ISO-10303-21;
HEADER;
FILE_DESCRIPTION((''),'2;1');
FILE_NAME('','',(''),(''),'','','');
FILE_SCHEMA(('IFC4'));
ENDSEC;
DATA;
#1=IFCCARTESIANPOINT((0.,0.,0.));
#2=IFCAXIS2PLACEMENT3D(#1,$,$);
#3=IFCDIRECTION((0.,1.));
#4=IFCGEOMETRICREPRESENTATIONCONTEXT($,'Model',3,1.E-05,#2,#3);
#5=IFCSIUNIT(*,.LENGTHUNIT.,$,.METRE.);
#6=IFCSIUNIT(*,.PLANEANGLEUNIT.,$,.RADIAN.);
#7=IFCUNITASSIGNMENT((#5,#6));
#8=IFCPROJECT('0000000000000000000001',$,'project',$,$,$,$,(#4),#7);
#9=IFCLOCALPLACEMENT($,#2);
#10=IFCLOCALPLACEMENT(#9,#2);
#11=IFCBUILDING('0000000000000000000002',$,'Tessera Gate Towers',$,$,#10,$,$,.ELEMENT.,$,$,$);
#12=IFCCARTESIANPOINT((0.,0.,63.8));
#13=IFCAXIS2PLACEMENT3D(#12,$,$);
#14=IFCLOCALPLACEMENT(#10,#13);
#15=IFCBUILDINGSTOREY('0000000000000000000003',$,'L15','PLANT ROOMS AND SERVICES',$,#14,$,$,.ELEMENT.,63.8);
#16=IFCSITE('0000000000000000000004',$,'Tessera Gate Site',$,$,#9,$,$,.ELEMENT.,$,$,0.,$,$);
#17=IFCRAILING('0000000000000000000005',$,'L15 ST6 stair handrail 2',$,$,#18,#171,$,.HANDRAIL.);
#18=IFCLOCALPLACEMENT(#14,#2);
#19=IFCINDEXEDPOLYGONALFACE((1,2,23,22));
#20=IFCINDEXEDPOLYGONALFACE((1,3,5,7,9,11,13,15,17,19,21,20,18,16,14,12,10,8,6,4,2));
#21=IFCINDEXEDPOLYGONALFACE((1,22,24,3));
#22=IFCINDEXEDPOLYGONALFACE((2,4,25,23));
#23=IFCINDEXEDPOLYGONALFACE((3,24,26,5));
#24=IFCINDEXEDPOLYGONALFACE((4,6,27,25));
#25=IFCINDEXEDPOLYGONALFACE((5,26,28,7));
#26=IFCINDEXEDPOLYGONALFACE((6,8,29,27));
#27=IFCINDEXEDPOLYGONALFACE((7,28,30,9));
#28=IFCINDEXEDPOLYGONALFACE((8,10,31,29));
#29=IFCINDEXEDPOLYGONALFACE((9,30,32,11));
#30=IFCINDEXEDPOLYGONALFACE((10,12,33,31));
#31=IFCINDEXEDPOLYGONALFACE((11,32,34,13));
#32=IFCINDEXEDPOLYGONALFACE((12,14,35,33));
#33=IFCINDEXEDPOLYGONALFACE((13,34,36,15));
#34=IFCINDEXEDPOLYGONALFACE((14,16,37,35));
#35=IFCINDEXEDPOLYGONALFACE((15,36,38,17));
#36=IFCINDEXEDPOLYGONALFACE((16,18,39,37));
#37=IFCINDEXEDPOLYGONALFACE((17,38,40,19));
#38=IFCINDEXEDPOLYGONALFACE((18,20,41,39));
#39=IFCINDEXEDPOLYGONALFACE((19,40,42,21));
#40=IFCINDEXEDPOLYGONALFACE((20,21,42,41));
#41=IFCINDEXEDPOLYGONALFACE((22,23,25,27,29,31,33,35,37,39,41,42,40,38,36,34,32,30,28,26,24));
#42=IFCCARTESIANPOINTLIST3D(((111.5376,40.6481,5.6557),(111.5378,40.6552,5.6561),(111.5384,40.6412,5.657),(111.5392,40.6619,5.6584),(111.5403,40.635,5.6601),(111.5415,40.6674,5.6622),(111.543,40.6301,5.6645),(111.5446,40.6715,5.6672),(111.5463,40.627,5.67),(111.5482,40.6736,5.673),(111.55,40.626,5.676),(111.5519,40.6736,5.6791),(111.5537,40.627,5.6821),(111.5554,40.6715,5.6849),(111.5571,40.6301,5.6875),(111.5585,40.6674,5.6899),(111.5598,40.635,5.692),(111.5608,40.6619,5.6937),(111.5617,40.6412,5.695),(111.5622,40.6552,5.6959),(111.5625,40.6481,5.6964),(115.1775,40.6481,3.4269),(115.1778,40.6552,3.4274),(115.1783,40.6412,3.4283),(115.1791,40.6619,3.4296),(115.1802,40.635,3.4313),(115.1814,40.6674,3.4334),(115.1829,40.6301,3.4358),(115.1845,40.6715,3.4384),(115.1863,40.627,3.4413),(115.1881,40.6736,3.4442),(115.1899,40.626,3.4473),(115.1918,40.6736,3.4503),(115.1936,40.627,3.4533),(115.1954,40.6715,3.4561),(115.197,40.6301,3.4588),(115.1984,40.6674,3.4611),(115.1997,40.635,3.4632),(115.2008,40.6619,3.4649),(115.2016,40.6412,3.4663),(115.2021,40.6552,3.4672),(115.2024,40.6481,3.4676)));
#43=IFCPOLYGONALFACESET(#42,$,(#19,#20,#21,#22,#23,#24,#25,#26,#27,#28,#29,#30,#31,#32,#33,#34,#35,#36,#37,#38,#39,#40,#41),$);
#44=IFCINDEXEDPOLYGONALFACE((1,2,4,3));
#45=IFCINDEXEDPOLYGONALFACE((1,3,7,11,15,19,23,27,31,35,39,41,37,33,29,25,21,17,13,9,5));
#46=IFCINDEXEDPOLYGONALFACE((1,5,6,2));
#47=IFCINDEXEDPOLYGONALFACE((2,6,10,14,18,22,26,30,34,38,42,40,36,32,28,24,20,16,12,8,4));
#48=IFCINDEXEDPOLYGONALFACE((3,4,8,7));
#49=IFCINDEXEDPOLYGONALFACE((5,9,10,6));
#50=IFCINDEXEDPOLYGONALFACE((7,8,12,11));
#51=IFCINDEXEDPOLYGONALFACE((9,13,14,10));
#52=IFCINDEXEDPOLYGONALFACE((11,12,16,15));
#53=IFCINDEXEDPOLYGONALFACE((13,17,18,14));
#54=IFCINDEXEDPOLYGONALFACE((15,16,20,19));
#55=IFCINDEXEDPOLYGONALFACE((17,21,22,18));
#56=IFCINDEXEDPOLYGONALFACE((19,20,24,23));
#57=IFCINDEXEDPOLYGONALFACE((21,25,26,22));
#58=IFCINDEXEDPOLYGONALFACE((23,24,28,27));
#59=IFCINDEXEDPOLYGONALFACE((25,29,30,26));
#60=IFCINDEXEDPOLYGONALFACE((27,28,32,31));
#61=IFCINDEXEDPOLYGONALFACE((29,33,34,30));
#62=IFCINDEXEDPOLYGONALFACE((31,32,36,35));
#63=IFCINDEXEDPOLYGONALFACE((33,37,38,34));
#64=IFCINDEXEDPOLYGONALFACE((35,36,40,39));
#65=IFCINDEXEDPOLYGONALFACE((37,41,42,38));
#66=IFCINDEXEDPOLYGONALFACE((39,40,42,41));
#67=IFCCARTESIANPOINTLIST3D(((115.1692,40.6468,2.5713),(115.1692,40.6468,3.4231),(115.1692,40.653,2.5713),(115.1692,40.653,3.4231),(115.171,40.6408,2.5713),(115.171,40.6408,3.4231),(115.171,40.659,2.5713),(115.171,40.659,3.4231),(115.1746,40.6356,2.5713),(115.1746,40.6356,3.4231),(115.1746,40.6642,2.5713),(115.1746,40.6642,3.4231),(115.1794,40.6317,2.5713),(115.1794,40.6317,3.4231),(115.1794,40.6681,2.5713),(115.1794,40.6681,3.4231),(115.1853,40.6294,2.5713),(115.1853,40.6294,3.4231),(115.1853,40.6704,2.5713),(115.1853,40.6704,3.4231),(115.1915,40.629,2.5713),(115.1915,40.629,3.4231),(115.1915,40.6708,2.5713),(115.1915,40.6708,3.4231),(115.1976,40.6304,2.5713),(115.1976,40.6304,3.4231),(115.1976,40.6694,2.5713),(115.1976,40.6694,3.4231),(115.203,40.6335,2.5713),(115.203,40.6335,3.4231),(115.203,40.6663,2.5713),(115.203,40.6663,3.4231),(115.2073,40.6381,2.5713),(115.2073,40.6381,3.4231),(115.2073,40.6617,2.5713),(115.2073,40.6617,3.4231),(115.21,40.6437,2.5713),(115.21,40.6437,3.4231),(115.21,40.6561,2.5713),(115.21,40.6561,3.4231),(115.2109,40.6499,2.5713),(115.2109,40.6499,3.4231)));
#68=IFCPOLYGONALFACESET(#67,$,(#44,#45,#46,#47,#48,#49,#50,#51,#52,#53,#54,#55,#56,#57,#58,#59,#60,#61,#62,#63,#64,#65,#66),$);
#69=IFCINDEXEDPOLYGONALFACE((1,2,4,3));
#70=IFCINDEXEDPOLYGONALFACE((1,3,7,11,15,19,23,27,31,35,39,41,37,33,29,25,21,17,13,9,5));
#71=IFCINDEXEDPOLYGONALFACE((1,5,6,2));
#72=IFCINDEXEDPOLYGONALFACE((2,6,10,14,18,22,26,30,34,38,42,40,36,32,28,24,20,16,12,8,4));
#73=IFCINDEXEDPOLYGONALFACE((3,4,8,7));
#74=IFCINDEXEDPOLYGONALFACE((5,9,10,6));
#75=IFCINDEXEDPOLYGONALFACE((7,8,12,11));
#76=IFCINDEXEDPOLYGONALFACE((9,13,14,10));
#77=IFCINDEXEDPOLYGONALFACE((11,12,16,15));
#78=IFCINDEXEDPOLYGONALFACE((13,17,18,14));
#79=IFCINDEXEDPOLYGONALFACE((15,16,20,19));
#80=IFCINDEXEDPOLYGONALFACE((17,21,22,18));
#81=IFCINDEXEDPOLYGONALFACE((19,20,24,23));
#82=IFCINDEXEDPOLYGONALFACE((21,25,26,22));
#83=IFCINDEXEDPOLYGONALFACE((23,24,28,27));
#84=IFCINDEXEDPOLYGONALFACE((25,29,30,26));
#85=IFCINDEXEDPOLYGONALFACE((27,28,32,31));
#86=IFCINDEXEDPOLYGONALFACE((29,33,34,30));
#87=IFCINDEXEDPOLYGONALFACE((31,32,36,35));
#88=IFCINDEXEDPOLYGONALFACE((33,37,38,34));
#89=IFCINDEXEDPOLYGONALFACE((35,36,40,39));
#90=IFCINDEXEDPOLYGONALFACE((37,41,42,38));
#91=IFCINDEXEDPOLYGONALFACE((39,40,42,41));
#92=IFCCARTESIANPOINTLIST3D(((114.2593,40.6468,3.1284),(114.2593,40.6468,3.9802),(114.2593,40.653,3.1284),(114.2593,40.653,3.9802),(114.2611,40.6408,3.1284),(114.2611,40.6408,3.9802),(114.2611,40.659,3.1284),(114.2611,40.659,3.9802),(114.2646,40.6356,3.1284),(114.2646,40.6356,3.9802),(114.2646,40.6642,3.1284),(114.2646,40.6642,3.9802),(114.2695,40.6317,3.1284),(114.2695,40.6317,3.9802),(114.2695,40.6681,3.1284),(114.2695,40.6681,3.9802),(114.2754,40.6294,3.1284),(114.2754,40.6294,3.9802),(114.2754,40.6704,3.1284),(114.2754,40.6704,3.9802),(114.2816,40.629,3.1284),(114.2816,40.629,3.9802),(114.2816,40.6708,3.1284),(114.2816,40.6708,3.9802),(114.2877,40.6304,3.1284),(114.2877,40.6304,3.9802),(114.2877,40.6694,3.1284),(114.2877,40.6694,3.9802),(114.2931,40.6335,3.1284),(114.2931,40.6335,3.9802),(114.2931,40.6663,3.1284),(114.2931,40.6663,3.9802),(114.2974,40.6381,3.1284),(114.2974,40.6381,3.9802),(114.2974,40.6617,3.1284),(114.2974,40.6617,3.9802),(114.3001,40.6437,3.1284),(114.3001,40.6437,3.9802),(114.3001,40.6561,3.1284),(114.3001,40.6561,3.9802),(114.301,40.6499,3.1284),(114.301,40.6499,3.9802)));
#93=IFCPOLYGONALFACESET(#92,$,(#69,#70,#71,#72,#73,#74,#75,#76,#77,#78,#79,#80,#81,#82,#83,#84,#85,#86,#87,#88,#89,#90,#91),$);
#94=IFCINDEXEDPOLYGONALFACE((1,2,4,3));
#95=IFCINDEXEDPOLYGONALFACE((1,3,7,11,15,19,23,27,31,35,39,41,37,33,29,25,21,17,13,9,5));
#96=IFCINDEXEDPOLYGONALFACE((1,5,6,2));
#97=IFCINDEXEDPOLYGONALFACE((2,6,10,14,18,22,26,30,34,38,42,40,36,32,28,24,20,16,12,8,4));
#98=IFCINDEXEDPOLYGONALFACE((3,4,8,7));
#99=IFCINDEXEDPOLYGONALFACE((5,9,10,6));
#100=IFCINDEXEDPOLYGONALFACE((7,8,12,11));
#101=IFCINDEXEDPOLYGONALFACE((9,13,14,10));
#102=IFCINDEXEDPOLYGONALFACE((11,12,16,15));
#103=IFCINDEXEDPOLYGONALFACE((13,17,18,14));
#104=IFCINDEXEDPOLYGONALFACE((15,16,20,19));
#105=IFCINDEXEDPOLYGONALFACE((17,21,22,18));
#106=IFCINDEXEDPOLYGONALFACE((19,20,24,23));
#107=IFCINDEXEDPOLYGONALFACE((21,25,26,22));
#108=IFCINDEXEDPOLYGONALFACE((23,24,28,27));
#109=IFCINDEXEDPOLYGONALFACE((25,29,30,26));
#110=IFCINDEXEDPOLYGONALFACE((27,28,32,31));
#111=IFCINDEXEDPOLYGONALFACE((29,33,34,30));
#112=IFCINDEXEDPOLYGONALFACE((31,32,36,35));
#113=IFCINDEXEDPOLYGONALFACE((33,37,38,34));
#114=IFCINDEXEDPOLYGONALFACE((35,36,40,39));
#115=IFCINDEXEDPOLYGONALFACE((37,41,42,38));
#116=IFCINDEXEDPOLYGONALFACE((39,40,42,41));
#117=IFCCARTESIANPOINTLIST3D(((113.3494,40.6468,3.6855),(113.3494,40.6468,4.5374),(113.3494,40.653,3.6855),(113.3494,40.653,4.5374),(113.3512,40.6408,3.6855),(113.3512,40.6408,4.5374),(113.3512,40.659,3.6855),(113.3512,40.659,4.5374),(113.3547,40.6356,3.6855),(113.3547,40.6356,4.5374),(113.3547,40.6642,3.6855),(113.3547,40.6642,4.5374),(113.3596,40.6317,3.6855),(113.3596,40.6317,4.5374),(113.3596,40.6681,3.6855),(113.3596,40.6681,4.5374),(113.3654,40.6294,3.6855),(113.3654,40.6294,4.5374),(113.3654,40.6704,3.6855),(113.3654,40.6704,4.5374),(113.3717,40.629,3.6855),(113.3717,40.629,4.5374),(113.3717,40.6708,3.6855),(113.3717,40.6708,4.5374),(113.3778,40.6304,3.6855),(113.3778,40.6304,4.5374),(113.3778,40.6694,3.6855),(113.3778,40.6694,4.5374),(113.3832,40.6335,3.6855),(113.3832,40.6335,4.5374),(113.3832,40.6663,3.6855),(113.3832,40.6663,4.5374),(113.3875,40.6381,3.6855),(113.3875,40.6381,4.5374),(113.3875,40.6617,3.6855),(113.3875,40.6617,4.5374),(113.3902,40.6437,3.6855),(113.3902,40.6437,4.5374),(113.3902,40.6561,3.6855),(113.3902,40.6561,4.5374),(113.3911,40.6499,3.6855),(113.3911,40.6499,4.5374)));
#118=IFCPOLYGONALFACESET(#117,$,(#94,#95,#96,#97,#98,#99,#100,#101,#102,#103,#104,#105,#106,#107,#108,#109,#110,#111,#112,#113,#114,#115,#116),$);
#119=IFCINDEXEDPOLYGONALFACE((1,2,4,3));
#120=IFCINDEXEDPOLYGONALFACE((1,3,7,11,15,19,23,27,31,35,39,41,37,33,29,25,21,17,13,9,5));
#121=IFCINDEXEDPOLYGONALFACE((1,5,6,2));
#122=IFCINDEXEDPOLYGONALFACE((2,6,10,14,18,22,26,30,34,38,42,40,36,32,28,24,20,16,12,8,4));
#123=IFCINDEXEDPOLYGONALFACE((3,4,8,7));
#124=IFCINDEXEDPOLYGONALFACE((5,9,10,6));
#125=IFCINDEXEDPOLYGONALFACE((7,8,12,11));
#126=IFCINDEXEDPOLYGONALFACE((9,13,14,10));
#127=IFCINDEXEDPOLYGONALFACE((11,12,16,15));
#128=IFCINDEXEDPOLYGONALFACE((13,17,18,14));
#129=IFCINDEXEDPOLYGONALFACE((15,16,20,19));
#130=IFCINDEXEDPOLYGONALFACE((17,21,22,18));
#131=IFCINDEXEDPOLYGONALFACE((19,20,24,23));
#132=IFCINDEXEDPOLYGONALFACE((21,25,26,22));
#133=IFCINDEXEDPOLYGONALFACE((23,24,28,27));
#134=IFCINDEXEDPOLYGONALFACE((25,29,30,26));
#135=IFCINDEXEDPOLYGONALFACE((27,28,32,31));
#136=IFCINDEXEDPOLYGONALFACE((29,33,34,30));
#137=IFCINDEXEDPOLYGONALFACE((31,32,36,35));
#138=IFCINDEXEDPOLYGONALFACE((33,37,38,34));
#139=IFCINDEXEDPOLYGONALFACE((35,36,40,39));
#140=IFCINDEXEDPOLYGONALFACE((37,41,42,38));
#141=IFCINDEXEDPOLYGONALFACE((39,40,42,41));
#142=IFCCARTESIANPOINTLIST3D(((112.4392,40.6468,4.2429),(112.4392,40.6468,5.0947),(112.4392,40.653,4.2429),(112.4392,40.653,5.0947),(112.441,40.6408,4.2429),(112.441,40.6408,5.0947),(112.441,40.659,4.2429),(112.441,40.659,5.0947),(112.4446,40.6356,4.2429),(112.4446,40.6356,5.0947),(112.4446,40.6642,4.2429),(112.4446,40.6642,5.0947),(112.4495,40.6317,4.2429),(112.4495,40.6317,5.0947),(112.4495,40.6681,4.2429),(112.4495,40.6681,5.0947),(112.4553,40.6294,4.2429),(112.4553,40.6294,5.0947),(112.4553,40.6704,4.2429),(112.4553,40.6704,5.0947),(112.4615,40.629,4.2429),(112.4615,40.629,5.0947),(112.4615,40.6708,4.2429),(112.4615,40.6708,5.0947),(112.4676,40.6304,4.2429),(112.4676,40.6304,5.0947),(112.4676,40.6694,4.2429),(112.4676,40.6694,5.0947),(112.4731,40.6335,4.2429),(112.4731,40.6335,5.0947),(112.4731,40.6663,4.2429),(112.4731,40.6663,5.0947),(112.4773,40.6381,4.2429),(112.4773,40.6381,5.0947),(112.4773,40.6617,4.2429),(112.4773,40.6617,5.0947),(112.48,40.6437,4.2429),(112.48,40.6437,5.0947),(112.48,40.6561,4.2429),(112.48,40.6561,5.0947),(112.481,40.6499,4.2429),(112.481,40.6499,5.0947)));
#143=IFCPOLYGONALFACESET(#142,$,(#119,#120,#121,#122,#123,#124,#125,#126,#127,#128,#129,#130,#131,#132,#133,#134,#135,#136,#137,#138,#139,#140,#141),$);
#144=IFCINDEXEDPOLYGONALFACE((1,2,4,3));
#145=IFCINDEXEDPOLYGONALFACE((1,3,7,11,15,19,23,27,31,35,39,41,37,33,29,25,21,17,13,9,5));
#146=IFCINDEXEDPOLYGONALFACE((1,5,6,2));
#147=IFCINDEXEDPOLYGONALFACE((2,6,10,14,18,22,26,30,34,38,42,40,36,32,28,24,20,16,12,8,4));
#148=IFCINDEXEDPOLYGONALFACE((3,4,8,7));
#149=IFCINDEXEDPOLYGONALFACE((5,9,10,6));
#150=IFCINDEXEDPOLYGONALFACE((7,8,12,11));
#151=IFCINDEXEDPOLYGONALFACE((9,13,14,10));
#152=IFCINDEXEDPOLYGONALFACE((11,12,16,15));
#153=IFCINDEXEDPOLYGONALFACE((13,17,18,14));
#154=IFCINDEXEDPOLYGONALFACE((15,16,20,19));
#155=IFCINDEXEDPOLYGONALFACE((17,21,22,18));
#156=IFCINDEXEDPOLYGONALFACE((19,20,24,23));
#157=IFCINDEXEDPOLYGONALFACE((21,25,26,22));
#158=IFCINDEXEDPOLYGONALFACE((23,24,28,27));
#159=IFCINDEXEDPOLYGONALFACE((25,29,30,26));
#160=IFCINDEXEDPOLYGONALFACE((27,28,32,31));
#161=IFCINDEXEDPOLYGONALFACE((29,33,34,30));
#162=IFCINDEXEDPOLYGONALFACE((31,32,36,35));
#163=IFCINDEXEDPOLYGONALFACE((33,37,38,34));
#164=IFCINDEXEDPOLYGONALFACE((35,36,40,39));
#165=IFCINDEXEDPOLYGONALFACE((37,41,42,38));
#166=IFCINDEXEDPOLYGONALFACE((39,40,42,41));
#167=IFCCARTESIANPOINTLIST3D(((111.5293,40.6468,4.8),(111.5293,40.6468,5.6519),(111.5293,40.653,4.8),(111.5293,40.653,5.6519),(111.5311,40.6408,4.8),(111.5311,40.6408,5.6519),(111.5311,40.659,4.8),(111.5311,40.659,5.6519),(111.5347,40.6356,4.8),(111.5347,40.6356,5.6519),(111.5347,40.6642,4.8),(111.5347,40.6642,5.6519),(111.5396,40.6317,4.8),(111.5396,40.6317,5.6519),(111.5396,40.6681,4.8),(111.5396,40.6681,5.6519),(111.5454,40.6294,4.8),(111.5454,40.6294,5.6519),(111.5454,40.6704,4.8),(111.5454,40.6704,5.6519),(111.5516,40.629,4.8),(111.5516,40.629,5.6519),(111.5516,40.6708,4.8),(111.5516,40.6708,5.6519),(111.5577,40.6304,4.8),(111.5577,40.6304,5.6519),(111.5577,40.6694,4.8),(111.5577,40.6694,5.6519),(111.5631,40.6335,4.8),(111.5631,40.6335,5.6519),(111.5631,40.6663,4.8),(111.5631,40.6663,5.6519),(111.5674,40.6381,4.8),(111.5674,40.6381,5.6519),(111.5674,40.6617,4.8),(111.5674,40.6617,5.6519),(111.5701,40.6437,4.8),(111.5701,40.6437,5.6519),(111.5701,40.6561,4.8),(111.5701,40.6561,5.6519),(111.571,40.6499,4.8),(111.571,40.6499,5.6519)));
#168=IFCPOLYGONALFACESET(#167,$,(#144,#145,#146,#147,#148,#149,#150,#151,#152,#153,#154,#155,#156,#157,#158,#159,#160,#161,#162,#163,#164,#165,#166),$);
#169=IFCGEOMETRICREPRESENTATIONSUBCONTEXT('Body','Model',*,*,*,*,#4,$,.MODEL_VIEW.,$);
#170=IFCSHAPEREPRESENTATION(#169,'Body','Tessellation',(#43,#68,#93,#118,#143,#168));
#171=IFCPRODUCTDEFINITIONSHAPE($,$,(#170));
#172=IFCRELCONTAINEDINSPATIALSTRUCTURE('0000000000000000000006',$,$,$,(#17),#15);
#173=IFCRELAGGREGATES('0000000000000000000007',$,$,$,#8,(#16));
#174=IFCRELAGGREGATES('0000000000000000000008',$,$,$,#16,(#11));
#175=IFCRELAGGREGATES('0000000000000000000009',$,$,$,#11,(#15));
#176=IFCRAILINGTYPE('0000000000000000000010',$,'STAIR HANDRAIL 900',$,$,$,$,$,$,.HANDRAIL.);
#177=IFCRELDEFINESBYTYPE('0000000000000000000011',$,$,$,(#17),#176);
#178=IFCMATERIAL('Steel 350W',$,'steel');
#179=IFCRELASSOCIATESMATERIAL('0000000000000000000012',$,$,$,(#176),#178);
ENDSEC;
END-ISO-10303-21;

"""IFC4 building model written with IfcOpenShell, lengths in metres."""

from ifc_helpers import new_model, si_unit, direction, frame, origin, origin_2d, place, context, subcontext, project, spatial, circle, extrude, material, type_object, element, save


model = new_model("IFC4")

# Units and contexts
model_context = context("Model", 3, precision=1e-05, world=origin(), true_north=direction((0.0, 1.0)))
body_context = subcontext(model_context, "Body", "Model", "MODEL_VIEW")
ifc_project = project(units=[si_unit("LENGTHUNIT", "METRE"), si_unit("PLANEANGLEUNIT", "RADIAN")], contexts=[model_context])

# Site, building, storey
site_placement = place(None, origin())
site = spatial("IfcSite", under=ifc_project, at=site_placement, Name="Tessera Gate Site", CompositionType="ELEMENT", RefElevation=0.0)
building_placement = place(site_placement, origin())
building = spatial("IfcBuilding", under=site, at=building_placement, Name="Tessera Gate Towers", CompositionType="ELEMENT")
storey_placement = place(building_placement, frame((0.0, 0.0, 63.8)))
storey = spatial("IfcBuildingStorey", under=building, at=storey_placement, Name="L15", Description="PLANT ROOMS AND SERVICES", CompositionType="ELEMENT", Elevation=63.8)

# Railing
ifc_material_1 = material(Name="Steel 350W", Category="steel")
railing_type_1 = type_object("IfcRailingType", Name="STAIR HANDRAIL 900", PredefinedType="HANDRAIL", material=ifc_material_1)
railing_1_placement = place(storey_placement, frame((115.1899, 40.6499, 2.5713)))
element("IfcRailing", 1, at=railing_1_placement, inside=storey, type_object=railing_type_1, Name="L15 ST6 stair handrail 2", PredefinedType="HANDRAIL", context=body_context, shape_type="SweptSolid", body=[
    extrude(circle(Radius=0.0239, at=origin_2d()), frame((0.0, 0.0, 0.876), z_axis=(-0.852825, 0.0, 0.522197), x_axis=(0.0, -1.0, 0.0)), (0.0, 0.0, 1.0), 4.2681),
    extrude(circle(Radius=0.021, at=origin_2d()), origin(), (0.0, 0.0, 1.0), 0.8518),
    extrude(circle(Radius=0.021, at=origin_2d()), frame((-0.9099, 0.0, 0.5571)), (0.0, 0.0, 1.0), 0.8518),
    extrude(circle(Radius=0.021, at=origin_2d()), frame((-1.8198, 0.0, 1.1143)), (0.0, 0.0, 1.0), 0.8518),
    extrude(circle(Radius=0.021, at=origin_2d()), frame((-2.73, 0.0, 1.6716)), (0.0, 0.0, 1.0), 0.8518),
    extrude(circle(Radius=0.021, at=origin_2d()), frame((-3.6399, 0.0, 2.2288)), (0.0, 0.0, 1.0), 0.8518),
])

save(model, "model.ifc")
